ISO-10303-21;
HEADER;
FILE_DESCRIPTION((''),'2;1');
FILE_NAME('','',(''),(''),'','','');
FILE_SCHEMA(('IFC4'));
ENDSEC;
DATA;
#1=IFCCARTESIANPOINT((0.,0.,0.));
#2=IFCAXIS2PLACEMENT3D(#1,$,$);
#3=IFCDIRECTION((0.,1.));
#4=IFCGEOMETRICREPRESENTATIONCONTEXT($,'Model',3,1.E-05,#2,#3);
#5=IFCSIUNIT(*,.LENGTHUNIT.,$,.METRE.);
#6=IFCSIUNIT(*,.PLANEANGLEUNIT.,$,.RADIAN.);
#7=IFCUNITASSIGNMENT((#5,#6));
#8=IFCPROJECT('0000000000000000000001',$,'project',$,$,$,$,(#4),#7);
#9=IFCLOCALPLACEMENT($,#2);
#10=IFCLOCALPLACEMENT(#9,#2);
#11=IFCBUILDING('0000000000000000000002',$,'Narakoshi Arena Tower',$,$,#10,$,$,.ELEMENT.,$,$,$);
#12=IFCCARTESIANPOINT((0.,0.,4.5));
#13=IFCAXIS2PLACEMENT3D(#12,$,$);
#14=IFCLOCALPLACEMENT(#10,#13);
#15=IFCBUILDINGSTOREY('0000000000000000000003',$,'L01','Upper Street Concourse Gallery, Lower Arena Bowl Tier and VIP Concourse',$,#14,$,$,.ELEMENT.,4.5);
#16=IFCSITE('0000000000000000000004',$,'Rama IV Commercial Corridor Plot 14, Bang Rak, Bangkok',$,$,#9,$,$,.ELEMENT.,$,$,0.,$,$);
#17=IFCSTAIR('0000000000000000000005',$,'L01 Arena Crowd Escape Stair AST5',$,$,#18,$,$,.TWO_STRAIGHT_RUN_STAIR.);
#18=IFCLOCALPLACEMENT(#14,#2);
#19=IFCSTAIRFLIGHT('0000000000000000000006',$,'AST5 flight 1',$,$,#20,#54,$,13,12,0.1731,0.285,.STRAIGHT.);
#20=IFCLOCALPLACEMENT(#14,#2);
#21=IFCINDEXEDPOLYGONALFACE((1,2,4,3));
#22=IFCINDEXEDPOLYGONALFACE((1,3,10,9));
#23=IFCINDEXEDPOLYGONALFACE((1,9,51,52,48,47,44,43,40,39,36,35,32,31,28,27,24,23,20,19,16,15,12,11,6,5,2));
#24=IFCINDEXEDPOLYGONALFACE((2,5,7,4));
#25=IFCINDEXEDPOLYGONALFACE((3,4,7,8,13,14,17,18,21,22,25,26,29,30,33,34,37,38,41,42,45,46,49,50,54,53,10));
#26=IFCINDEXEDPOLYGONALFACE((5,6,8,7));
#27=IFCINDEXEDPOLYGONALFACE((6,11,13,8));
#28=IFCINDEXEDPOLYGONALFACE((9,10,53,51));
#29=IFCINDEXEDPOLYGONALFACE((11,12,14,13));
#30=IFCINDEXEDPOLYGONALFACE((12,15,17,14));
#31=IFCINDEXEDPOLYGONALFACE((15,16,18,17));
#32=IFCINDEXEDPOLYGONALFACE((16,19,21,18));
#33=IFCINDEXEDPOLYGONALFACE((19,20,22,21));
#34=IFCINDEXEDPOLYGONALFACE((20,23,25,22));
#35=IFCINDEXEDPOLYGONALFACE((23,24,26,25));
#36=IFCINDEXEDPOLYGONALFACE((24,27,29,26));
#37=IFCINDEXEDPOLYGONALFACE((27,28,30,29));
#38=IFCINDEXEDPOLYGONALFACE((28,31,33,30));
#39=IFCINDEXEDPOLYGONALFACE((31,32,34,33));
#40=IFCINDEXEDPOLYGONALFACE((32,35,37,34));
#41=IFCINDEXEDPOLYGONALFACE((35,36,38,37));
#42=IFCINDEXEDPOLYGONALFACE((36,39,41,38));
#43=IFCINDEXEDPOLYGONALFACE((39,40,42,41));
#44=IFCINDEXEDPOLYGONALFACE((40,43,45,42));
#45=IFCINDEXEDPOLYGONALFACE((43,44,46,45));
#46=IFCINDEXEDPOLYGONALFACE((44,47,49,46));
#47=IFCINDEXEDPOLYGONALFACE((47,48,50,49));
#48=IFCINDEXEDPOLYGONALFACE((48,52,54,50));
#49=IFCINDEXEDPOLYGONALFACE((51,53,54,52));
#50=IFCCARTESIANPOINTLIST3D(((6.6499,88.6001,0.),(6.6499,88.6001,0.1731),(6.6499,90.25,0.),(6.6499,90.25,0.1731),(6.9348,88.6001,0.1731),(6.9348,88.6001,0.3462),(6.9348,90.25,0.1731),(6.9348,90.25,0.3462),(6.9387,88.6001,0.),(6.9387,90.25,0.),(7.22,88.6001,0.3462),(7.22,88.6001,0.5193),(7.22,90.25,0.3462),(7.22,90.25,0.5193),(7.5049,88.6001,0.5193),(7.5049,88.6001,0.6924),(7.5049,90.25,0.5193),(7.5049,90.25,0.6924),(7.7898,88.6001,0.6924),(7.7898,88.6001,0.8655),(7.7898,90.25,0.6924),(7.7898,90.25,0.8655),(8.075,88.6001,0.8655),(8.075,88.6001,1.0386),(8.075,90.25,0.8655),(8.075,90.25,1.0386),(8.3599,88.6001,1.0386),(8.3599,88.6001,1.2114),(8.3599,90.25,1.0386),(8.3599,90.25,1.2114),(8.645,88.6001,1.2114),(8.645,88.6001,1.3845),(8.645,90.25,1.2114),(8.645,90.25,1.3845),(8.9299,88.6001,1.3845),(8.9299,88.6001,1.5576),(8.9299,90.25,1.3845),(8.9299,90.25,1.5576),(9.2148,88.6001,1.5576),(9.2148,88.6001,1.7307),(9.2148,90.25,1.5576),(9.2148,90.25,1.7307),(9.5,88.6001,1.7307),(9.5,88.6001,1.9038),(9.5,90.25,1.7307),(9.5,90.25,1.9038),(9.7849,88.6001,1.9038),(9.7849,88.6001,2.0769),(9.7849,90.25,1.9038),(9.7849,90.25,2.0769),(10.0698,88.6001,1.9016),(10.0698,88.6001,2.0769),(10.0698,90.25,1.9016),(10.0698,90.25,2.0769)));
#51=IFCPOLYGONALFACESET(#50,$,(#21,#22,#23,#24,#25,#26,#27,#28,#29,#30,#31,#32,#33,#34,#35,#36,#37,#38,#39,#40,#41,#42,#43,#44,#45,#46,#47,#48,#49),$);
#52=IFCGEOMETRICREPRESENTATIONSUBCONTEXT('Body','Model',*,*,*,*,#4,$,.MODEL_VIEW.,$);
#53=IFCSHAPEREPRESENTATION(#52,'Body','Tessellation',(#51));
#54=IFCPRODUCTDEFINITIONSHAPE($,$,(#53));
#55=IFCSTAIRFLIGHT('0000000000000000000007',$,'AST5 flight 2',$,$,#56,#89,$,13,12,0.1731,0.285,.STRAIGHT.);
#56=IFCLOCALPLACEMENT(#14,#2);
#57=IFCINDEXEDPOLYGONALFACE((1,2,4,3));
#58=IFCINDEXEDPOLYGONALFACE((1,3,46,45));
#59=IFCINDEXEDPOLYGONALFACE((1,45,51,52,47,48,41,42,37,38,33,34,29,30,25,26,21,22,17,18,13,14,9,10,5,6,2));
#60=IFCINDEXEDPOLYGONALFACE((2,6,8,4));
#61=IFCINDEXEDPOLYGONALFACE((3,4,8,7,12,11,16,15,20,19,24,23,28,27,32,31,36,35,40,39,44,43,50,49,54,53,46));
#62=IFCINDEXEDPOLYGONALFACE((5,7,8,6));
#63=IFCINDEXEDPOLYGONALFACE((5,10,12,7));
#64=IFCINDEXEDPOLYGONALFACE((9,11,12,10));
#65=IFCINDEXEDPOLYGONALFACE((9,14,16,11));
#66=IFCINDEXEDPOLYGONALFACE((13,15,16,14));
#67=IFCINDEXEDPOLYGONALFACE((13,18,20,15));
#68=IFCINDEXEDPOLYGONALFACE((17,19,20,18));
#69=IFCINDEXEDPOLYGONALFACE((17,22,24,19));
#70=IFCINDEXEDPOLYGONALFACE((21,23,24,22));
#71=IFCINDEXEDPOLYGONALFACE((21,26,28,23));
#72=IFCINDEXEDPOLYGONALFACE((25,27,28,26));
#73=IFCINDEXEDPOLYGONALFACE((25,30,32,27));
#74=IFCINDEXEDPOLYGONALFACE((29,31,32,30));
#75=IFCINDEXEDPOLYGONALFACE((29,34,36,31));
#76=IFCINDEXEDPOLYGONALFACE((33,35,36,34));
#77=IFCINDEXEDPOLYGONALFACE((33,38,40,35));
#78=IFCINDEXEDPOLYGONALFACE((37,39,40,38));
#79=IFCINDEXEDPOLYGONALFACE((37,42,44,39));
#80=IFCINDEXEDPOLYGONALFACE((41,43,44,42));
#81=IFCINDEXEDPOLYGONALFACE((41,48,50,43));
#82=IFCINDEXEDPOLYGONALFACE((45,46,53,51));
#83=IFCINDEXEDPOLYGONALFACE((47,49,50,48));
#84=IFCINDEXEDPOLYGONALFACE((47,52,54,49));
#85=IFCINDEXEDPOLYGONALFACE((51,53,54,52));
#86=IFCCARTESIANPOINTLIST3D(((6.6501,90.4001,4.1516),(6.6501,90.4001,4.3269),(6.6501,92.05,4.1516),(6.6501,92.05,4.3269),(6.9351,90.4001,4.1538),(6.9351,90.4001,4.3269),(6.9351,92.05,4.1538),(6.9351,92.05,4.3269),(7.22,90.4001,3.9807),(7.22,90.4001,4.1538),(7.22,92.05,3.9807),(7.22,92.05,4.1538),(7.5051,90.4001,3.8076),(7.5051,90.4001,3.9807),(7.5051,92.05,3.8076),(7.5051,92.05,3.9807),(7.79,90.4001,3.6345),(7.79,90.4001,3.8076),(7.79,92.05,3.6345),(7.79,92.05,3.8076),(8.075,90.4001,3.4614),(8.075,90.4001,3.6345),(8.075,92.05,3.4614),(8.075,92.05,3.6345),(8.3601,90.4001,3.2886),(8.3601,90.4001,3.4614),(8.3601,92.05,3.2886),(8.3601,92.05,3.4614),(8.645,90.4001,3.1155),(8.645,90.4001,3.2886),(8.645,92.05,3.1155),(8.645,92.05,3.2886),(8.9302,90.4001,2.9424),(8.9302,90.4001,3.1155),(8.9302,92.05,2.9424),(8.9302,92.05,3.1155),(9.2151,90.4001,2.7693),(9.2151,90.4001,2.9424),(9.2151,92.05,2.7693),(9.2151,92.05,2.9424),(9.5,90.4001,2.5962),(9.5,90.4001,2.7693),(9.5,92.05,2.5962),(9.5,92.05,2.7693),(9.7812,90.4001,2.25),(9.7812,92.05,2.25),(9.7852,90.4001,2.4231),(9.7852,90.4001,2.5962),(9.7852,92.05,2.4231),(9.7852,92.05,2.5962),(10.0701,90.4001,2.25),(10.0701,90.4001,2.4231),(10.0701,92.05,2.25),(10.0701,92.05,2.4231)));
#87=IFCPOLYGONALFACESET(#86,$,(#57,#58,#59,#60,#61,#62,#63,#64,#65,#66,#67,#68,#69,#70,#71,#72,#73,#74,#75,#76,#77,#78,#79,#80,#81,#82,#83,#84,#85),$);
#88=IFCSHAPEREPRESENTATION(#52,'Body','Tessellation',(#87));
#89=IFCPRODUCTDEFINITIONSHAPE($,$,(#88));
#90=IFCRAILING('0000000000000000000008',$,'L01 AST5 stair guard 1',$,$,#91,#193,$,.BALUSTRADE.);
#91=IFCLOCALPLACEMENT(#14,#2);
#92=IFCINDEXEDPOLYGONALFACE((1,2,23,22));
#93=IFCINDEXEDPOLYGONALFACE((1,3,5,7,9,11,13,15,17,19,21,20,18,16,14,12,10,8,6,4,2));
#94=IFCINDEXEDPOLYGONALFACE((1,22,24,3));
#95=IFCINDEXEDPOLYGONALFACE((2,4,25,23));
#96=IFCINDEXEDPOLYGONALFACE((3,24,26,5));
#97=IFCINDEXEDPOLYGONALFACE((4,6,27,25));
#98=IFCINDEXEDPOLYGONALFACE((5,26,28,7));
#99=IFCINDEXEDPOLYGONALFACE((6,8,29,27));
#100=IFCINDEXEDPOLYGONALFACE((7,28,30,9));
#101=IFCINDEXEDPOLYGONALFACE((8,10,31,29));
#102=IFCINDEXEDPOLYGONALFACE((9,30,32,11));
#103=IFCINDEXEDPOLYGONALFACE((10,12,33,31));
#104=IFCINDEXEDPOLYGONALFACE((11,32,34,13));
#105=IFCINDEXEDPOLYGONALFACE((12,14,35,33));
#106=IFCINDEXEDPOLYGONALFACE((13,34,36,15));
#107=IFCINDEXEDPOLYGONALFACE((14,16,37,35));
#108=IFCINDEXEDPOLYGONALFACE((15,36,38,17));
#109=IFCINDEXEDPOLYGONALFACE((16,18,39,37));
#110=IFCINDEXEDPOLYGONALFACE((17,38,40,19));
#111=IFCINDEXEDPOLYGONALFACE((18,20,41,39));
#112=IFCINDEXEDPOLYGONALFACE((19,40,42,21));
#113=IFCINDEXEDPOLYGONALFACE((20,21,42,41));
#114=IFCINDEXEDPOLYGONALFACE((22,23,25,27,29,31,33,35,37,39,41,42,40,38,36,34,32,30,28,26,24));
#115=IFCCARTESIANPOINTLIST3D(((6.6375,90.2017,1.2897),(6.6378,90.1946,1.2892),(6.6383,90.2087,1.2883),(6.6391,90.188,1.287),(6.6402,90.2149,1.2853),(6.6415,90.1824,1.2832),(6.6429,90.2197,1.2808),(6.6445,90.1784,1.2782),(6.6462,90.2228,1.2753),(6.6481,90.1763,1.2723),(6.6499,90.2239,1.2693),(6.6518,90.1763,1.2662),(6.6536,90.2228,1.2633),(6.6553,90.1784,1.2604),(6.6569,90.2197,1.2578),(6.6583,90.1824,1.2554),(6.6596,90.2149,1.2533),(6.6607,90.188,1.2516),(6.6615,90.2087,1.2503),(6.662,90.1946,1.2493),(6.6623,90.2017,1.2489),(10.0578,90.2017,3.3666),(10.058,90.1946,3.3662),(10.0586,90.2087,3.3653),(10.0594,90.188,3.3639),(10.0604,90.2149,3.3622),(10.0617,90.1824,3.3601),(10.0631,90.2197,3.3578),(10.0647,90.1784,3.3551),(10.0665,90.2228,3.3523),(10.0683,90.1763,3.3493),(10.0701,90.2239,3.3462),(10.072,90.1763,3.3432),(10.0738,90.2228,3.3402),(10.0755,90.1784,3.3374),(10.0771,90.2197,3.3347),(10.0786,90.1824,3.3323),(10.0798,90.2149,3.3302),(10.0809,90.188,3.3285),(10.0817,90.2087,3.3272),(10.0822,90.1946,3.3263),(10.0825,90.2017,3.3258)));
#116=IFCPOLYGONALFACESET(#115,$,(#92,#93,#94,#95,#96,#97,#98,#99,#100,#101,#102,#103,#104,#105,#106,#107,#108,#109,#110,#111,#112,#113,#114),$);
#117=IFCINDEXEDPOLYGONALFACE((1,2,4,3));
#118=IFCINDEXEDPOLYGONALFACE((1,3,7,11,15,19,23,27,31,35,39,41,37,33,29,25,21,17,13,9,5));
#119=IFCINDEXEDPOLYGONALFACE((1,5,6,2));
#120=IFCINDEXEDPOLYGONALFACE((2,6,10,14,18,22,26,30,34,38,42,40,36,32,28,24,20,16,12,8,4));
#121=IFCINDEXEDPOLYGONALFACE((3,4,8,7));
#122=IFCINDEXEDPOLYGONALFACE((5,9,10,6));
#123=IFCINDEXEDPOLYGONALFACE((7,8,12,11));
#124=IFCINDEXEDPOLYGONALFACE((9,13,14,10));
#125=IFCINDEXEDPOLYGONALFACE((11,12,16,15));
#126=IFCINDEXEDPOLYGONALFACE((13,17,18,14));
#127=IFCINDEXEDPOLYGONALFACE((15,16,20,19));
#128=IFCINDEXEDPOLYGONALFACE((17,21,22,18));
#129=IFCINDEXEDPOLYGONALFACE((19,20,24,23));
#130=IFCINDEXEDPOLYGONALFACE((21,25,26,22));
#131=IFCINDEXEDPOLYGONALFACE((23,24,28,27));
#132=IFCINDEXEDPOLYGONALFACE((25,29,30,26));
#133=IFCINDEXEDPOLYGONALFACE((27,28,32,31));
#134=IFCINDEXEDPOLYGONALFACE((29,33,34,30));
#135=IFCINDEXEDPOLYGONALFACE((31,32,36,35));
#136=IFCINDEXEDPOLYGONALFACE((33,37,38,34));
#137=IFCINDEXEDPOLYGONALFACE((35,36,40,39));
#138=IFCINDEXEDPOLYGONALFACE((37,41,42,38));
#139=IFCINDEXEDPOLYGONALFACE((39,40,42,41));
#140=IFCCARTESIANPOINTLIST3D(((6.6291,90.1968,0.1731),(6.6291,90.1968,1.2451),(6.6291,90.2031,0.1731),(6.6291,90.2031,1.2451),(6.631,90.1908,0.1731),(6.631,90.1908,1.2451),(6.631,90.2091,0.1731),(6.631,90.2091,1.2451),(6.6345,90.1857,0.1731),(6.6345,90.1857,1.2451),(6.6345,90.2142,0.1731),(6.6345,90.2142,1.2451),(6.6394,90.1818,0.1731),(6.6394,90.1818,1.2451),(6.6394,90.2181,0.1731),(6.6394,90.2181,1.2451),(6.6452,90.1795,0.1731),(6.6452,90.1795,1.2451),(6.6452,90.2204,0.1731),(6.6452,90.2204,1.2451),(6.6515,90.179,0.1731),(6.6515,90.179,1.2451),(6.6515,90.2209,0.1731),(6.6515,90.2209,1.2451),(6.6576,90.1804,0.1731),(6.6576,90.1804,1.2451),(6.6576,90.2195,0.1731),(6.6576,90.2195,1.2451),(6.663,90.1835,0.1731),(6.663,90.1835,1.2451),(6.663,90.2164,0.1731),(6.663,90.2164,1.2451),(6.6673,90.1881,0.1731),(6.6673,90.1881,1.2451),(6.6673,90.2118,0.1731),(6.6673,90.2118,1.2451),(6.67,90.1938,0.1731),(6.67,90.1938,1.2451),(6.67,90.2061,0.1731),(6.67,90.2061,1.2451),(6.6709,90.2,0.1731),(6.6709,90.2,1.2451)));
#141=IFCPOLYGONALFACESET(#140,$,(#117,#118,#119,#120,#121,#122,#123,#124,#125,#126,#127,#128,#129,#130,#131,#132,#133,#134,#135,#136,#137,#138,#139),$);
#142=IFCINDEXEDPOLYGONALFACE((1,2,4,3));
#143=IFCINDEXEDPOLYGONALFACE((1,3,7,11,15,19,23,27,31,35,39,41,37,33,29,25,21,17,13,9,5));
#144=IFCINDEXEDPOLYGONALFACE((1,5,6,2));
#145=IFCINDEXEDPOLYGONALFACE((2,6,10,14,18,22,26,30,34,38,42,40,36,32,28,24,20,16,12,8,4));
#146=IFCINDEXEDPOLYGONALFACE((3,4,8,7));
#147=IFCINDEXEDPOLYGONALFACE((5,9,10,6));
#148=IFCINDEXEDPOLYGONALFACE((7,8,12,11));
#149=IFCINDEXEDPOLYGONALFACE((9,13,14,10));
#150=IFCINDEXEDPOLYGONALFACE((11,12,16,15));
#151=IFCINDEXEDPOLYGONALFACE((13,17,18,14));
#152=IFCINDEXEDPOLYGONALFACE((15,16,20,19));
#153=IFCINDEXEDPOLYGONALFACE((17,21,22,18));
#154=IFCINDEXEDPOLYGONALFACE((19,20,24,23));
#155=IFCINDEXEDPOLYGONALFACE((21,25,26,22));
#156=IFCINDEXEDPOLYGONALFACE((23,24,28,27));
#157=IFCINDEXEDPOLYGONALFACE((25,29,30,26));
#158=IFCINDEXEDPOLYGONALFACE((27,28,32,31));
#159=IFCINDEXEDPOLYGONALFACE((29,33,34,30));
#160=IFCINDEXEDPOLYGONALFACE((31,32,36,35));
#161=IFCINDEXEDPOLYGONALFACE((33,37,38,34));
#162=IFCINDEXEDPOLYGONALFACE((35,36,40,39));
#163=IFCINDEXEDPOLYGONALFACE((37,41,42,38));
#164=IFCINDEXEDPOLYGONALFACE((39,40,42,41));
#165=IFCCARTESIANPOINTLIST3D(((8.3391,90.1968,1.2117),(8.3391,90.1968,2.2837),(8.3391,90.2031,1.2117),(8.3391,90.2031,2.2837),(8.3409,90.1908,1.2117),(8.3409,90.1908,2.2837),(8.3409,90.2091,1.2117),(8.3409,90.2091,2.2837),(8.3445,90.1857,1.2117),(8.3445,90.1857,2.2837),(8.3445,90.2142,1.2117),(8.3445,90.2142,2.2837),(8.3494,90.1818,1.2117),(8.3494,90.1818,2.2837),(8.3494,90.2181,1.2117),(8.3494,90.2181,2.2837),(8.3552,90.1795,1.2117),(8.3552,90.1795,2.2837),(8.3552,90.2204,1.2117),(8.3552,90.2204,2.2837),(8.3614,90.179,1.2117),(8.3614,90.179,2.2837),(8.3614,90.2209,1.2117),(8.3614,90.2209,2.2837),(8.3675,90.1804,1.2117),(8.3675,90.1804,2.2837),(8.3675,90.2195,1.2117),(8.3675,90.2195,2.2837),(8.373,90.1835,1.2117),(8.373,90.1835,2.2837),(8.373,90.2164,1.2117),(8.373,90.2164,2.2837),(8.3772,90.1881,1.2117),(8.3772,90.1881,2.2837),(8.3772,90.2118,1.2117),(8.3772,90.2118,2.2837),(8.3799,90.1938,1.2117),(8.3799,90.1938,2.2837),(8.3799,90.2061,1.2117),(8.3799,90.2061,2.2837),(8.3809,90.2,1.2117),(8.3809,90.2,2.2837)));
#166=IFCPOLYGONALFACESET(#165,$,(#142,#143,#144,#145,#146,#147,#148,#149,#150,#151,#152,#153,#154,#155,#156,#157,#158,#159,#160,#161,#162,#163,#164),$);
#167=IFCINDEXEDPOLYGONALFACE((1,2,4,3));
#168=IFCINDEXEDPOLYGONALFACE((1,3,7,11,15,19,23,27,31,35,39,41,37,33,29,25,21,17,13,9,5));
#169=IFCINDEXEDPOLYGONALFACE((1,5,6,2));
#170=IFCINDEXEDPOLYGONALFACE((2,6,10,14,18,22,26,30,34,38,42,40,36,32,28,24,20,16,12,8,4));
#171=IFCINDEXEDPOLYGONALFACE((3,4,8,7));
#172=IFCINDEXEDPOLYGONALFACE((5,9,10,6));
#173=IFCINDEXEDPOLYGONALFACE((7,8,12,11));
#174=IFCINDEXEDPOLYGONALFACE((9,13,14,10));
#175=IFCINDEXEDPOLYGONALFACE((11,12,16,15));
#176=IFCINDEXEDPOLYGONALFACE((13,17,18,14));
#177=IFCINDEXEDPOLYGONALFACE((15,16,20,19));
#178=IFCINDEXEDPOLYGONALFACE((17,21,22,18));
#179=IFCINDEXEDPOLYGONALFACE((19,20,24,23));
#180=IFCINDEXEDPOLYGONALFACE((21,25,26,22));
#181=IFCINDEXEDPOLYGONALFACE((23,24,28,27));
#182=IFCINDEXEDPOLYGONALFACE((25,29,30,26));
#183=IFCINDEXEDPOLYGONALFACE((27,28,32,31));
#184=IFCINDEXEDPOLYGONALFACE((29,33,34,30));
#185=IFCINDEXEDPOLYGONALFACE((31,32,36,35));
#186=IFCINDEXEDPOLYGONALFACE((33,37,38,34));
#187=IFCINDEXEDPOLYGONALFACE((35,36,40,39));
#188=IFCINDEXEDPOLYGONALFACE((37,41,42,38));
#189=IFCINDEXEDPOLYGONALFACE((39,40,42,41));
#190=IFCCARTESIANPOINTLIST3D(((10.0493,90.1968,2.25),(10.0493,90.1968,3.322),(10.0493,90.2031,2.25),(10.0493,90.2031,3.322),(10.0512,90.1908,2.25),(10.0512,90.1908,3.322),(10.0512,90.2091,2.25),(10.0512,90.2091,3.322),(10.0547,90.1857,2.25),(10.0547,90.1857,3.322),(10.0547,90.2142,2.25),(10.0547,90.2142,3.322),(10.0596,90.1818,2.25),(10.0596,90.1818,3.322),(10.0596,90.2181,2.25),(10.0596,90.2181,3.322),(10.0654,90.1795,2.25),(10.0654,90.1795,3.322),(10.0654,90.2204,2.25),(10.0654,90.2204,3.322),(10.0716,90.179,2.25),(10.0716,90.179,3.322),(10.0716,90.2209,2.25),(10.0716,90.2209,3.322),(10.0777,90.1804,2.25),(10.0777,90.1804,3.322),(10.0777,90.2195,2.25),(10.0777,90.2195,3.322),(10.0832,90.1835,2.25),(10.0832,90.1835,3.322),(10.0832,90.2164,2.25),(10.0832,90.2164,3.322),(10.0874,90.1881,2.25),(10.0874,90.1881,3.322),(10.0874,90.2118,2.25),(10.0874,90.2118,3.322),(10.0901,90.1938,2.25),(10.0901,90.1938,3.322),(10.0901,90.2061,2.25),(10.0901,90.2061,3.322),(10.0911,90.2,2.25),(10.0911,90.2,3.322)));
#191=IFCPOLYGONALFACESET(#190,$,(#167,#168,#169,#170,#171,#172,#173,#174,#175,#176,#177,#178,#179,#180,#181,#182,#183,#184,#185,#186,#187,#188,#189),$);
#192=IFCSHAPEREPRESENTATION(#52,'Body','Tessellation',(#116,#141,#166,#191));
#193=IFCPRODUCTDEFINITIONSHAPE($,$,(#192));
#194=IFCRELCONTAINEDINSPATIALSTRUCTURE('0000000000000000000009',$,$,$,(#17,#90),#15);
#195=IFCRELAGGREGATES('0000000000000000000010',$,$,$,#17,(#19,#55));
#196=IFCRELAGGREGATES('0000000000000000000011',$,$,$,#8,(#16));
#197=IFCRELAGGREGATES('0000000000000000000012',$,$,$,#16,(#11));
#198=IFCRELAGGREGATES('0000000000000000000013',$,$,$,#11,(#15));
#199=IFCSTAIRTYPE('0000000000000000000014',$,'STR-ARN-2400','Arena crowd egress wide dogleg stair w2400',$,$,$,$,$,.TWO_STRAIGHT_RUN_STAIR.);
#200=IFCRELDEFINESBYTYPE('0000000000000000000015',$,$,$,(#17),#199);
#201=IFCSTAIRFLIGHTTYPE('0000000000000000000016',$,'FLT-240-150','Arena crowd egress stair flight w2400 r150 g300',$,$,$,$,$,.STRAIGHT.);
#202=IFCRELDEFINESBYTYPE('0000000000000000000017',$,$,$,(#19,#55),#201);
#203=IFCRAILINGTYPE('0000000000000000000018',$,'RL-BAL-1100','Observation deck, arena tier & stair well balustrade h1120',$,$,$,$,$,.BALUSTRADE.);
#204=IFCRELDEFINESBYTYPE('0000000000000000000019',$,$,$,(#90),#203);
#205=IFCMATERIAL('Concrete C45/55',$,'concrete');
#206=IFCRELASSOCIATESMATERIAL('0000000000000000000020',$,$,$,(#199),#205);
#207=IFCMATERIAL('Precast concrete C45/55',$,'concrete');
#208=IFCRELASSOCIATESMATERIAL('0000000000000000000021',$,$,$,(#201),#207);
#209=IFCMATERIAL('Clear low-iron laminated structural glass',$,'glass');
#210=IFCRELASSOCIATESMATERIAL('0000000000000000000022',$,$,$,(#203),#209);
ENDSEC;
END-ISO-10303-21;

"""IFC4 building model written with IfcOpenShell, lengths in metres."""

from ifc_helpers import new_model, si_unit, direction, frame, origin, origin_2d, place, context, subcontext, project, spatial, polyline, circle, outline, extrude, material, type_object, element, aggregate, save


model = new_model("IFC4")

# Units and contexts
model_context = context("Model", 3, precision=1e-05, world=origin(), true_north=direction((0.0, 1.0)))
body_context = subcontext(model_context, "Body", "Model", "MODEL_VIEW")
ifc_project = project(units=[si_unit("LENGTHUNIT", "METRE"), si_unit("PLANEANGLEUNIT", "RADIAN")], contexts=[model_context])

# Site, building, storey
site_placement = place(None, origin())
site = spatial("IfcSite", under=ifc_project, at=site_placement, Name="Rama IV Commercial Corridor Plot 14, Bang Rak, Bangkok", CompositionType="ELEMENT", RefElevation=0.0)
building_placement = place(site_placement, origin())
building = spatial("IfcBuilding", under=site, at=building_placement, Name="Narakoshi Arena Tower", CompositionType="ELEMENT")
storey_placement = place(building_placement, frame((0.0, 0.0, 4.5)))
storey = spatial("IfcBuildingStorey", under=building, at=storey_placement, Name="L01", Description="Upper Street Concourse Gallery, Lower Arena Bowl Tier and VIP Concourse", CompositionType="ELEMENT", Elevation=4.5)

# Shared definitions
ifc_material_1 = material(Name="Precast concrete C45/55", Category="concrete")

# Stair, stair flights
ifc_material_2 = material(Name="Concrete C45/55", Category="concrete")
stair_type = type_object("IfcStairType", Name="STR-ARN-2400", Description="Arena crowd egress wide dogleg stair w2400", PredefinedType="TWO_STRAIGHT_RUN_STAIR", material=ifc_material_2)
stair_placement = place(storey_placement, origin())
stair = element("IfcStair", 1, at=stair_placement, inside=storey, type_object=stair_type, Name="L01 Arena Crowd Escape Stair AST5", PredefinedType="TWO_STRAIGHT_RUN_STAIR")
stair_flight_type = type_object("IfcStairFlightType", Name="FLT-240-150", Description="Arena crowd egress stair flight w2400 r150 g300", PredefinedType="STRAIGHT", material=ifc_material_1)
stair_flight_1_placement = place(storey_placement, frame((6.6499, 89.425, 0.0), z_axis=(0.0, 0.0, 1.0), x_axis=(1.0, 0.0, 0.0)))
stair_flight_1 = element("IfcStairFlight", 2, at=stair_flight_1_placement, type_object=stair_flight_type, Name="AST5 flight 1", NumberOfRisers=13, NumberOfTreads=12, PredefinedType="STRAIGHT", RiserHeight=0.1731, TreadLength=0.285, context=body_context, shape_type="SweptSolid", body=[
    extrude(outline(polyline([(0.0, 0.0), (0.0, 0.1731), (0.2849, 0.1731), (0.2849, 0.3462), (0.5701, 0.3462), (0.5701, 0.5193), (0.855, 0.5193), (0.855, 0.6924), (1.1399, 0.6924), (1.1399, 0.8655), (1.425, 0.8655), (1.425, 1.0386), (1.71, 1.0386), (1.71, 1.2114), (1.9951, 1.2114), (1.9951, 1.3845), (2.28, 1.3845), (2.28, 1.5576), (2.5649, 1.5576), (2.5649, 1.7307), (2.8501, 1.7307), (2.8501, 1.9038), (3.135, 1.9038), (3.135, 2.0769), (3.4199, 2.0769), (3.4199, 2.25), (3.4199, 1.9016), (0.2888, 0.0), (0.0, 0.0)])), frame((0.0, 0.825, 0.0), z_axis=(0.0, -1.0, 0.0), x_axis=(1.0, 0.0, 0.0)), (0.0, 0.0, 1.0), 1.6499),
])
stair_flight_2_placement = place(storey_placement, frame((10.0701, 91.2251, 2.25), z_axis=(0.0, 0.0, 1.0), x_axis=(-1.0, 0.0, 0.0)))
stair_flight_2 = element("IfcStairFlight", 3, at=stair_flight_2_placement, type_object=stair_flight_type, Name="AST5 flight 2", NumberOfRisers=13, NumberOfTreads=12, PredefinedType="STRAIGHT", RiserHeight=0.1731, TreadLength=0.285, context=body_context, shape_type="SweptSolid", body=[
    extrude(outline(polyline([(0.0, 0.0), (0.0, 0.1731), (0.2849, 0.1731), (0.2849, 0.3462), (0.5701, 0.3462), (0.5701, 0.5193), (0.855, 0.5193), (0.855, 0.6924), (1.1399, 0.6924), (1.1399, 0.8655), (1.425, 0.8655), (1.425, 1.0386), (1.71, 1.0386), (1.71, 1.2114), (1.9951, 1.2114), (1.9951, 1.3845), (2.28, 1.3845), (2.28, 1.5576), (2.5649, 1.5576), (2.5649, 1.7307), (2.8501, 1.7307), (2.8501, 1.9038), (3.135, 1.9038), (3.135, 2.0769), (3.4199, 2.0769), (3.4199, 2.25), (3.4199, 1.9016), (0.2888, 0.0), (0.0, 0.0)])), frame((0.0, 0.825, 0.0), z_axis=(0.0, -1.0, 0.0), x_axis=(1.0, 0.0, 0.0)), (0.0, 0.0, 1.0), 1.6499),
])
aggregate(stair, [stair_flight_1, stair_flight_2])

# Railing
ifc_material_3 = material(Name="Clear low-iron laminated structural glass", Category="glass")
railing_type_1 = type_object("IfcRailingType", Name="RL-BAL-1100", Description="Observation deck, arena tier & stair well balustrade h1120", PredefinedType="BALUSTRADE", material=ifc_material_3)
railing_1_placement = place(storey_placement, frame((6.6499, 90.2, 0.1731)))
element("IfcRailing", 4, at=railing_1_placement, inside=storey, type_object=railing_type_1, Name="L01 AST5 stair guard 1", PredefinedType="BALUSTRADE", context=body_context, shape_type="SweptSolid", body=[
    extrude(circle(Radius=0.0239, at=origin_2d()), frame((0.0, 0.0, 1.0962), z_axis=(0.854746, 0.0, 0.519047), x_axis=(0.0, 1.0, 0.0)), (0.0, 0.0, 1.0), 4.0015),
    extrude(circle(Radius=0.021, at=origin_2d()), origin(), (0.0, 0.0, 1.0), 1.072),
    extrude(circle(Radius=0.021, at=origin_2d()), frame((1.71, 0.0, 1.0386)), (0.0, 0.0, 1.0), 1.072),
    extrude(circle(Radius=0.021, at=origin_2d()), frame((3.4202, 0.0, 2.0769)), (0.0, 0.0, 1.0), 1.072),
])

save(model, "model.ifc")
